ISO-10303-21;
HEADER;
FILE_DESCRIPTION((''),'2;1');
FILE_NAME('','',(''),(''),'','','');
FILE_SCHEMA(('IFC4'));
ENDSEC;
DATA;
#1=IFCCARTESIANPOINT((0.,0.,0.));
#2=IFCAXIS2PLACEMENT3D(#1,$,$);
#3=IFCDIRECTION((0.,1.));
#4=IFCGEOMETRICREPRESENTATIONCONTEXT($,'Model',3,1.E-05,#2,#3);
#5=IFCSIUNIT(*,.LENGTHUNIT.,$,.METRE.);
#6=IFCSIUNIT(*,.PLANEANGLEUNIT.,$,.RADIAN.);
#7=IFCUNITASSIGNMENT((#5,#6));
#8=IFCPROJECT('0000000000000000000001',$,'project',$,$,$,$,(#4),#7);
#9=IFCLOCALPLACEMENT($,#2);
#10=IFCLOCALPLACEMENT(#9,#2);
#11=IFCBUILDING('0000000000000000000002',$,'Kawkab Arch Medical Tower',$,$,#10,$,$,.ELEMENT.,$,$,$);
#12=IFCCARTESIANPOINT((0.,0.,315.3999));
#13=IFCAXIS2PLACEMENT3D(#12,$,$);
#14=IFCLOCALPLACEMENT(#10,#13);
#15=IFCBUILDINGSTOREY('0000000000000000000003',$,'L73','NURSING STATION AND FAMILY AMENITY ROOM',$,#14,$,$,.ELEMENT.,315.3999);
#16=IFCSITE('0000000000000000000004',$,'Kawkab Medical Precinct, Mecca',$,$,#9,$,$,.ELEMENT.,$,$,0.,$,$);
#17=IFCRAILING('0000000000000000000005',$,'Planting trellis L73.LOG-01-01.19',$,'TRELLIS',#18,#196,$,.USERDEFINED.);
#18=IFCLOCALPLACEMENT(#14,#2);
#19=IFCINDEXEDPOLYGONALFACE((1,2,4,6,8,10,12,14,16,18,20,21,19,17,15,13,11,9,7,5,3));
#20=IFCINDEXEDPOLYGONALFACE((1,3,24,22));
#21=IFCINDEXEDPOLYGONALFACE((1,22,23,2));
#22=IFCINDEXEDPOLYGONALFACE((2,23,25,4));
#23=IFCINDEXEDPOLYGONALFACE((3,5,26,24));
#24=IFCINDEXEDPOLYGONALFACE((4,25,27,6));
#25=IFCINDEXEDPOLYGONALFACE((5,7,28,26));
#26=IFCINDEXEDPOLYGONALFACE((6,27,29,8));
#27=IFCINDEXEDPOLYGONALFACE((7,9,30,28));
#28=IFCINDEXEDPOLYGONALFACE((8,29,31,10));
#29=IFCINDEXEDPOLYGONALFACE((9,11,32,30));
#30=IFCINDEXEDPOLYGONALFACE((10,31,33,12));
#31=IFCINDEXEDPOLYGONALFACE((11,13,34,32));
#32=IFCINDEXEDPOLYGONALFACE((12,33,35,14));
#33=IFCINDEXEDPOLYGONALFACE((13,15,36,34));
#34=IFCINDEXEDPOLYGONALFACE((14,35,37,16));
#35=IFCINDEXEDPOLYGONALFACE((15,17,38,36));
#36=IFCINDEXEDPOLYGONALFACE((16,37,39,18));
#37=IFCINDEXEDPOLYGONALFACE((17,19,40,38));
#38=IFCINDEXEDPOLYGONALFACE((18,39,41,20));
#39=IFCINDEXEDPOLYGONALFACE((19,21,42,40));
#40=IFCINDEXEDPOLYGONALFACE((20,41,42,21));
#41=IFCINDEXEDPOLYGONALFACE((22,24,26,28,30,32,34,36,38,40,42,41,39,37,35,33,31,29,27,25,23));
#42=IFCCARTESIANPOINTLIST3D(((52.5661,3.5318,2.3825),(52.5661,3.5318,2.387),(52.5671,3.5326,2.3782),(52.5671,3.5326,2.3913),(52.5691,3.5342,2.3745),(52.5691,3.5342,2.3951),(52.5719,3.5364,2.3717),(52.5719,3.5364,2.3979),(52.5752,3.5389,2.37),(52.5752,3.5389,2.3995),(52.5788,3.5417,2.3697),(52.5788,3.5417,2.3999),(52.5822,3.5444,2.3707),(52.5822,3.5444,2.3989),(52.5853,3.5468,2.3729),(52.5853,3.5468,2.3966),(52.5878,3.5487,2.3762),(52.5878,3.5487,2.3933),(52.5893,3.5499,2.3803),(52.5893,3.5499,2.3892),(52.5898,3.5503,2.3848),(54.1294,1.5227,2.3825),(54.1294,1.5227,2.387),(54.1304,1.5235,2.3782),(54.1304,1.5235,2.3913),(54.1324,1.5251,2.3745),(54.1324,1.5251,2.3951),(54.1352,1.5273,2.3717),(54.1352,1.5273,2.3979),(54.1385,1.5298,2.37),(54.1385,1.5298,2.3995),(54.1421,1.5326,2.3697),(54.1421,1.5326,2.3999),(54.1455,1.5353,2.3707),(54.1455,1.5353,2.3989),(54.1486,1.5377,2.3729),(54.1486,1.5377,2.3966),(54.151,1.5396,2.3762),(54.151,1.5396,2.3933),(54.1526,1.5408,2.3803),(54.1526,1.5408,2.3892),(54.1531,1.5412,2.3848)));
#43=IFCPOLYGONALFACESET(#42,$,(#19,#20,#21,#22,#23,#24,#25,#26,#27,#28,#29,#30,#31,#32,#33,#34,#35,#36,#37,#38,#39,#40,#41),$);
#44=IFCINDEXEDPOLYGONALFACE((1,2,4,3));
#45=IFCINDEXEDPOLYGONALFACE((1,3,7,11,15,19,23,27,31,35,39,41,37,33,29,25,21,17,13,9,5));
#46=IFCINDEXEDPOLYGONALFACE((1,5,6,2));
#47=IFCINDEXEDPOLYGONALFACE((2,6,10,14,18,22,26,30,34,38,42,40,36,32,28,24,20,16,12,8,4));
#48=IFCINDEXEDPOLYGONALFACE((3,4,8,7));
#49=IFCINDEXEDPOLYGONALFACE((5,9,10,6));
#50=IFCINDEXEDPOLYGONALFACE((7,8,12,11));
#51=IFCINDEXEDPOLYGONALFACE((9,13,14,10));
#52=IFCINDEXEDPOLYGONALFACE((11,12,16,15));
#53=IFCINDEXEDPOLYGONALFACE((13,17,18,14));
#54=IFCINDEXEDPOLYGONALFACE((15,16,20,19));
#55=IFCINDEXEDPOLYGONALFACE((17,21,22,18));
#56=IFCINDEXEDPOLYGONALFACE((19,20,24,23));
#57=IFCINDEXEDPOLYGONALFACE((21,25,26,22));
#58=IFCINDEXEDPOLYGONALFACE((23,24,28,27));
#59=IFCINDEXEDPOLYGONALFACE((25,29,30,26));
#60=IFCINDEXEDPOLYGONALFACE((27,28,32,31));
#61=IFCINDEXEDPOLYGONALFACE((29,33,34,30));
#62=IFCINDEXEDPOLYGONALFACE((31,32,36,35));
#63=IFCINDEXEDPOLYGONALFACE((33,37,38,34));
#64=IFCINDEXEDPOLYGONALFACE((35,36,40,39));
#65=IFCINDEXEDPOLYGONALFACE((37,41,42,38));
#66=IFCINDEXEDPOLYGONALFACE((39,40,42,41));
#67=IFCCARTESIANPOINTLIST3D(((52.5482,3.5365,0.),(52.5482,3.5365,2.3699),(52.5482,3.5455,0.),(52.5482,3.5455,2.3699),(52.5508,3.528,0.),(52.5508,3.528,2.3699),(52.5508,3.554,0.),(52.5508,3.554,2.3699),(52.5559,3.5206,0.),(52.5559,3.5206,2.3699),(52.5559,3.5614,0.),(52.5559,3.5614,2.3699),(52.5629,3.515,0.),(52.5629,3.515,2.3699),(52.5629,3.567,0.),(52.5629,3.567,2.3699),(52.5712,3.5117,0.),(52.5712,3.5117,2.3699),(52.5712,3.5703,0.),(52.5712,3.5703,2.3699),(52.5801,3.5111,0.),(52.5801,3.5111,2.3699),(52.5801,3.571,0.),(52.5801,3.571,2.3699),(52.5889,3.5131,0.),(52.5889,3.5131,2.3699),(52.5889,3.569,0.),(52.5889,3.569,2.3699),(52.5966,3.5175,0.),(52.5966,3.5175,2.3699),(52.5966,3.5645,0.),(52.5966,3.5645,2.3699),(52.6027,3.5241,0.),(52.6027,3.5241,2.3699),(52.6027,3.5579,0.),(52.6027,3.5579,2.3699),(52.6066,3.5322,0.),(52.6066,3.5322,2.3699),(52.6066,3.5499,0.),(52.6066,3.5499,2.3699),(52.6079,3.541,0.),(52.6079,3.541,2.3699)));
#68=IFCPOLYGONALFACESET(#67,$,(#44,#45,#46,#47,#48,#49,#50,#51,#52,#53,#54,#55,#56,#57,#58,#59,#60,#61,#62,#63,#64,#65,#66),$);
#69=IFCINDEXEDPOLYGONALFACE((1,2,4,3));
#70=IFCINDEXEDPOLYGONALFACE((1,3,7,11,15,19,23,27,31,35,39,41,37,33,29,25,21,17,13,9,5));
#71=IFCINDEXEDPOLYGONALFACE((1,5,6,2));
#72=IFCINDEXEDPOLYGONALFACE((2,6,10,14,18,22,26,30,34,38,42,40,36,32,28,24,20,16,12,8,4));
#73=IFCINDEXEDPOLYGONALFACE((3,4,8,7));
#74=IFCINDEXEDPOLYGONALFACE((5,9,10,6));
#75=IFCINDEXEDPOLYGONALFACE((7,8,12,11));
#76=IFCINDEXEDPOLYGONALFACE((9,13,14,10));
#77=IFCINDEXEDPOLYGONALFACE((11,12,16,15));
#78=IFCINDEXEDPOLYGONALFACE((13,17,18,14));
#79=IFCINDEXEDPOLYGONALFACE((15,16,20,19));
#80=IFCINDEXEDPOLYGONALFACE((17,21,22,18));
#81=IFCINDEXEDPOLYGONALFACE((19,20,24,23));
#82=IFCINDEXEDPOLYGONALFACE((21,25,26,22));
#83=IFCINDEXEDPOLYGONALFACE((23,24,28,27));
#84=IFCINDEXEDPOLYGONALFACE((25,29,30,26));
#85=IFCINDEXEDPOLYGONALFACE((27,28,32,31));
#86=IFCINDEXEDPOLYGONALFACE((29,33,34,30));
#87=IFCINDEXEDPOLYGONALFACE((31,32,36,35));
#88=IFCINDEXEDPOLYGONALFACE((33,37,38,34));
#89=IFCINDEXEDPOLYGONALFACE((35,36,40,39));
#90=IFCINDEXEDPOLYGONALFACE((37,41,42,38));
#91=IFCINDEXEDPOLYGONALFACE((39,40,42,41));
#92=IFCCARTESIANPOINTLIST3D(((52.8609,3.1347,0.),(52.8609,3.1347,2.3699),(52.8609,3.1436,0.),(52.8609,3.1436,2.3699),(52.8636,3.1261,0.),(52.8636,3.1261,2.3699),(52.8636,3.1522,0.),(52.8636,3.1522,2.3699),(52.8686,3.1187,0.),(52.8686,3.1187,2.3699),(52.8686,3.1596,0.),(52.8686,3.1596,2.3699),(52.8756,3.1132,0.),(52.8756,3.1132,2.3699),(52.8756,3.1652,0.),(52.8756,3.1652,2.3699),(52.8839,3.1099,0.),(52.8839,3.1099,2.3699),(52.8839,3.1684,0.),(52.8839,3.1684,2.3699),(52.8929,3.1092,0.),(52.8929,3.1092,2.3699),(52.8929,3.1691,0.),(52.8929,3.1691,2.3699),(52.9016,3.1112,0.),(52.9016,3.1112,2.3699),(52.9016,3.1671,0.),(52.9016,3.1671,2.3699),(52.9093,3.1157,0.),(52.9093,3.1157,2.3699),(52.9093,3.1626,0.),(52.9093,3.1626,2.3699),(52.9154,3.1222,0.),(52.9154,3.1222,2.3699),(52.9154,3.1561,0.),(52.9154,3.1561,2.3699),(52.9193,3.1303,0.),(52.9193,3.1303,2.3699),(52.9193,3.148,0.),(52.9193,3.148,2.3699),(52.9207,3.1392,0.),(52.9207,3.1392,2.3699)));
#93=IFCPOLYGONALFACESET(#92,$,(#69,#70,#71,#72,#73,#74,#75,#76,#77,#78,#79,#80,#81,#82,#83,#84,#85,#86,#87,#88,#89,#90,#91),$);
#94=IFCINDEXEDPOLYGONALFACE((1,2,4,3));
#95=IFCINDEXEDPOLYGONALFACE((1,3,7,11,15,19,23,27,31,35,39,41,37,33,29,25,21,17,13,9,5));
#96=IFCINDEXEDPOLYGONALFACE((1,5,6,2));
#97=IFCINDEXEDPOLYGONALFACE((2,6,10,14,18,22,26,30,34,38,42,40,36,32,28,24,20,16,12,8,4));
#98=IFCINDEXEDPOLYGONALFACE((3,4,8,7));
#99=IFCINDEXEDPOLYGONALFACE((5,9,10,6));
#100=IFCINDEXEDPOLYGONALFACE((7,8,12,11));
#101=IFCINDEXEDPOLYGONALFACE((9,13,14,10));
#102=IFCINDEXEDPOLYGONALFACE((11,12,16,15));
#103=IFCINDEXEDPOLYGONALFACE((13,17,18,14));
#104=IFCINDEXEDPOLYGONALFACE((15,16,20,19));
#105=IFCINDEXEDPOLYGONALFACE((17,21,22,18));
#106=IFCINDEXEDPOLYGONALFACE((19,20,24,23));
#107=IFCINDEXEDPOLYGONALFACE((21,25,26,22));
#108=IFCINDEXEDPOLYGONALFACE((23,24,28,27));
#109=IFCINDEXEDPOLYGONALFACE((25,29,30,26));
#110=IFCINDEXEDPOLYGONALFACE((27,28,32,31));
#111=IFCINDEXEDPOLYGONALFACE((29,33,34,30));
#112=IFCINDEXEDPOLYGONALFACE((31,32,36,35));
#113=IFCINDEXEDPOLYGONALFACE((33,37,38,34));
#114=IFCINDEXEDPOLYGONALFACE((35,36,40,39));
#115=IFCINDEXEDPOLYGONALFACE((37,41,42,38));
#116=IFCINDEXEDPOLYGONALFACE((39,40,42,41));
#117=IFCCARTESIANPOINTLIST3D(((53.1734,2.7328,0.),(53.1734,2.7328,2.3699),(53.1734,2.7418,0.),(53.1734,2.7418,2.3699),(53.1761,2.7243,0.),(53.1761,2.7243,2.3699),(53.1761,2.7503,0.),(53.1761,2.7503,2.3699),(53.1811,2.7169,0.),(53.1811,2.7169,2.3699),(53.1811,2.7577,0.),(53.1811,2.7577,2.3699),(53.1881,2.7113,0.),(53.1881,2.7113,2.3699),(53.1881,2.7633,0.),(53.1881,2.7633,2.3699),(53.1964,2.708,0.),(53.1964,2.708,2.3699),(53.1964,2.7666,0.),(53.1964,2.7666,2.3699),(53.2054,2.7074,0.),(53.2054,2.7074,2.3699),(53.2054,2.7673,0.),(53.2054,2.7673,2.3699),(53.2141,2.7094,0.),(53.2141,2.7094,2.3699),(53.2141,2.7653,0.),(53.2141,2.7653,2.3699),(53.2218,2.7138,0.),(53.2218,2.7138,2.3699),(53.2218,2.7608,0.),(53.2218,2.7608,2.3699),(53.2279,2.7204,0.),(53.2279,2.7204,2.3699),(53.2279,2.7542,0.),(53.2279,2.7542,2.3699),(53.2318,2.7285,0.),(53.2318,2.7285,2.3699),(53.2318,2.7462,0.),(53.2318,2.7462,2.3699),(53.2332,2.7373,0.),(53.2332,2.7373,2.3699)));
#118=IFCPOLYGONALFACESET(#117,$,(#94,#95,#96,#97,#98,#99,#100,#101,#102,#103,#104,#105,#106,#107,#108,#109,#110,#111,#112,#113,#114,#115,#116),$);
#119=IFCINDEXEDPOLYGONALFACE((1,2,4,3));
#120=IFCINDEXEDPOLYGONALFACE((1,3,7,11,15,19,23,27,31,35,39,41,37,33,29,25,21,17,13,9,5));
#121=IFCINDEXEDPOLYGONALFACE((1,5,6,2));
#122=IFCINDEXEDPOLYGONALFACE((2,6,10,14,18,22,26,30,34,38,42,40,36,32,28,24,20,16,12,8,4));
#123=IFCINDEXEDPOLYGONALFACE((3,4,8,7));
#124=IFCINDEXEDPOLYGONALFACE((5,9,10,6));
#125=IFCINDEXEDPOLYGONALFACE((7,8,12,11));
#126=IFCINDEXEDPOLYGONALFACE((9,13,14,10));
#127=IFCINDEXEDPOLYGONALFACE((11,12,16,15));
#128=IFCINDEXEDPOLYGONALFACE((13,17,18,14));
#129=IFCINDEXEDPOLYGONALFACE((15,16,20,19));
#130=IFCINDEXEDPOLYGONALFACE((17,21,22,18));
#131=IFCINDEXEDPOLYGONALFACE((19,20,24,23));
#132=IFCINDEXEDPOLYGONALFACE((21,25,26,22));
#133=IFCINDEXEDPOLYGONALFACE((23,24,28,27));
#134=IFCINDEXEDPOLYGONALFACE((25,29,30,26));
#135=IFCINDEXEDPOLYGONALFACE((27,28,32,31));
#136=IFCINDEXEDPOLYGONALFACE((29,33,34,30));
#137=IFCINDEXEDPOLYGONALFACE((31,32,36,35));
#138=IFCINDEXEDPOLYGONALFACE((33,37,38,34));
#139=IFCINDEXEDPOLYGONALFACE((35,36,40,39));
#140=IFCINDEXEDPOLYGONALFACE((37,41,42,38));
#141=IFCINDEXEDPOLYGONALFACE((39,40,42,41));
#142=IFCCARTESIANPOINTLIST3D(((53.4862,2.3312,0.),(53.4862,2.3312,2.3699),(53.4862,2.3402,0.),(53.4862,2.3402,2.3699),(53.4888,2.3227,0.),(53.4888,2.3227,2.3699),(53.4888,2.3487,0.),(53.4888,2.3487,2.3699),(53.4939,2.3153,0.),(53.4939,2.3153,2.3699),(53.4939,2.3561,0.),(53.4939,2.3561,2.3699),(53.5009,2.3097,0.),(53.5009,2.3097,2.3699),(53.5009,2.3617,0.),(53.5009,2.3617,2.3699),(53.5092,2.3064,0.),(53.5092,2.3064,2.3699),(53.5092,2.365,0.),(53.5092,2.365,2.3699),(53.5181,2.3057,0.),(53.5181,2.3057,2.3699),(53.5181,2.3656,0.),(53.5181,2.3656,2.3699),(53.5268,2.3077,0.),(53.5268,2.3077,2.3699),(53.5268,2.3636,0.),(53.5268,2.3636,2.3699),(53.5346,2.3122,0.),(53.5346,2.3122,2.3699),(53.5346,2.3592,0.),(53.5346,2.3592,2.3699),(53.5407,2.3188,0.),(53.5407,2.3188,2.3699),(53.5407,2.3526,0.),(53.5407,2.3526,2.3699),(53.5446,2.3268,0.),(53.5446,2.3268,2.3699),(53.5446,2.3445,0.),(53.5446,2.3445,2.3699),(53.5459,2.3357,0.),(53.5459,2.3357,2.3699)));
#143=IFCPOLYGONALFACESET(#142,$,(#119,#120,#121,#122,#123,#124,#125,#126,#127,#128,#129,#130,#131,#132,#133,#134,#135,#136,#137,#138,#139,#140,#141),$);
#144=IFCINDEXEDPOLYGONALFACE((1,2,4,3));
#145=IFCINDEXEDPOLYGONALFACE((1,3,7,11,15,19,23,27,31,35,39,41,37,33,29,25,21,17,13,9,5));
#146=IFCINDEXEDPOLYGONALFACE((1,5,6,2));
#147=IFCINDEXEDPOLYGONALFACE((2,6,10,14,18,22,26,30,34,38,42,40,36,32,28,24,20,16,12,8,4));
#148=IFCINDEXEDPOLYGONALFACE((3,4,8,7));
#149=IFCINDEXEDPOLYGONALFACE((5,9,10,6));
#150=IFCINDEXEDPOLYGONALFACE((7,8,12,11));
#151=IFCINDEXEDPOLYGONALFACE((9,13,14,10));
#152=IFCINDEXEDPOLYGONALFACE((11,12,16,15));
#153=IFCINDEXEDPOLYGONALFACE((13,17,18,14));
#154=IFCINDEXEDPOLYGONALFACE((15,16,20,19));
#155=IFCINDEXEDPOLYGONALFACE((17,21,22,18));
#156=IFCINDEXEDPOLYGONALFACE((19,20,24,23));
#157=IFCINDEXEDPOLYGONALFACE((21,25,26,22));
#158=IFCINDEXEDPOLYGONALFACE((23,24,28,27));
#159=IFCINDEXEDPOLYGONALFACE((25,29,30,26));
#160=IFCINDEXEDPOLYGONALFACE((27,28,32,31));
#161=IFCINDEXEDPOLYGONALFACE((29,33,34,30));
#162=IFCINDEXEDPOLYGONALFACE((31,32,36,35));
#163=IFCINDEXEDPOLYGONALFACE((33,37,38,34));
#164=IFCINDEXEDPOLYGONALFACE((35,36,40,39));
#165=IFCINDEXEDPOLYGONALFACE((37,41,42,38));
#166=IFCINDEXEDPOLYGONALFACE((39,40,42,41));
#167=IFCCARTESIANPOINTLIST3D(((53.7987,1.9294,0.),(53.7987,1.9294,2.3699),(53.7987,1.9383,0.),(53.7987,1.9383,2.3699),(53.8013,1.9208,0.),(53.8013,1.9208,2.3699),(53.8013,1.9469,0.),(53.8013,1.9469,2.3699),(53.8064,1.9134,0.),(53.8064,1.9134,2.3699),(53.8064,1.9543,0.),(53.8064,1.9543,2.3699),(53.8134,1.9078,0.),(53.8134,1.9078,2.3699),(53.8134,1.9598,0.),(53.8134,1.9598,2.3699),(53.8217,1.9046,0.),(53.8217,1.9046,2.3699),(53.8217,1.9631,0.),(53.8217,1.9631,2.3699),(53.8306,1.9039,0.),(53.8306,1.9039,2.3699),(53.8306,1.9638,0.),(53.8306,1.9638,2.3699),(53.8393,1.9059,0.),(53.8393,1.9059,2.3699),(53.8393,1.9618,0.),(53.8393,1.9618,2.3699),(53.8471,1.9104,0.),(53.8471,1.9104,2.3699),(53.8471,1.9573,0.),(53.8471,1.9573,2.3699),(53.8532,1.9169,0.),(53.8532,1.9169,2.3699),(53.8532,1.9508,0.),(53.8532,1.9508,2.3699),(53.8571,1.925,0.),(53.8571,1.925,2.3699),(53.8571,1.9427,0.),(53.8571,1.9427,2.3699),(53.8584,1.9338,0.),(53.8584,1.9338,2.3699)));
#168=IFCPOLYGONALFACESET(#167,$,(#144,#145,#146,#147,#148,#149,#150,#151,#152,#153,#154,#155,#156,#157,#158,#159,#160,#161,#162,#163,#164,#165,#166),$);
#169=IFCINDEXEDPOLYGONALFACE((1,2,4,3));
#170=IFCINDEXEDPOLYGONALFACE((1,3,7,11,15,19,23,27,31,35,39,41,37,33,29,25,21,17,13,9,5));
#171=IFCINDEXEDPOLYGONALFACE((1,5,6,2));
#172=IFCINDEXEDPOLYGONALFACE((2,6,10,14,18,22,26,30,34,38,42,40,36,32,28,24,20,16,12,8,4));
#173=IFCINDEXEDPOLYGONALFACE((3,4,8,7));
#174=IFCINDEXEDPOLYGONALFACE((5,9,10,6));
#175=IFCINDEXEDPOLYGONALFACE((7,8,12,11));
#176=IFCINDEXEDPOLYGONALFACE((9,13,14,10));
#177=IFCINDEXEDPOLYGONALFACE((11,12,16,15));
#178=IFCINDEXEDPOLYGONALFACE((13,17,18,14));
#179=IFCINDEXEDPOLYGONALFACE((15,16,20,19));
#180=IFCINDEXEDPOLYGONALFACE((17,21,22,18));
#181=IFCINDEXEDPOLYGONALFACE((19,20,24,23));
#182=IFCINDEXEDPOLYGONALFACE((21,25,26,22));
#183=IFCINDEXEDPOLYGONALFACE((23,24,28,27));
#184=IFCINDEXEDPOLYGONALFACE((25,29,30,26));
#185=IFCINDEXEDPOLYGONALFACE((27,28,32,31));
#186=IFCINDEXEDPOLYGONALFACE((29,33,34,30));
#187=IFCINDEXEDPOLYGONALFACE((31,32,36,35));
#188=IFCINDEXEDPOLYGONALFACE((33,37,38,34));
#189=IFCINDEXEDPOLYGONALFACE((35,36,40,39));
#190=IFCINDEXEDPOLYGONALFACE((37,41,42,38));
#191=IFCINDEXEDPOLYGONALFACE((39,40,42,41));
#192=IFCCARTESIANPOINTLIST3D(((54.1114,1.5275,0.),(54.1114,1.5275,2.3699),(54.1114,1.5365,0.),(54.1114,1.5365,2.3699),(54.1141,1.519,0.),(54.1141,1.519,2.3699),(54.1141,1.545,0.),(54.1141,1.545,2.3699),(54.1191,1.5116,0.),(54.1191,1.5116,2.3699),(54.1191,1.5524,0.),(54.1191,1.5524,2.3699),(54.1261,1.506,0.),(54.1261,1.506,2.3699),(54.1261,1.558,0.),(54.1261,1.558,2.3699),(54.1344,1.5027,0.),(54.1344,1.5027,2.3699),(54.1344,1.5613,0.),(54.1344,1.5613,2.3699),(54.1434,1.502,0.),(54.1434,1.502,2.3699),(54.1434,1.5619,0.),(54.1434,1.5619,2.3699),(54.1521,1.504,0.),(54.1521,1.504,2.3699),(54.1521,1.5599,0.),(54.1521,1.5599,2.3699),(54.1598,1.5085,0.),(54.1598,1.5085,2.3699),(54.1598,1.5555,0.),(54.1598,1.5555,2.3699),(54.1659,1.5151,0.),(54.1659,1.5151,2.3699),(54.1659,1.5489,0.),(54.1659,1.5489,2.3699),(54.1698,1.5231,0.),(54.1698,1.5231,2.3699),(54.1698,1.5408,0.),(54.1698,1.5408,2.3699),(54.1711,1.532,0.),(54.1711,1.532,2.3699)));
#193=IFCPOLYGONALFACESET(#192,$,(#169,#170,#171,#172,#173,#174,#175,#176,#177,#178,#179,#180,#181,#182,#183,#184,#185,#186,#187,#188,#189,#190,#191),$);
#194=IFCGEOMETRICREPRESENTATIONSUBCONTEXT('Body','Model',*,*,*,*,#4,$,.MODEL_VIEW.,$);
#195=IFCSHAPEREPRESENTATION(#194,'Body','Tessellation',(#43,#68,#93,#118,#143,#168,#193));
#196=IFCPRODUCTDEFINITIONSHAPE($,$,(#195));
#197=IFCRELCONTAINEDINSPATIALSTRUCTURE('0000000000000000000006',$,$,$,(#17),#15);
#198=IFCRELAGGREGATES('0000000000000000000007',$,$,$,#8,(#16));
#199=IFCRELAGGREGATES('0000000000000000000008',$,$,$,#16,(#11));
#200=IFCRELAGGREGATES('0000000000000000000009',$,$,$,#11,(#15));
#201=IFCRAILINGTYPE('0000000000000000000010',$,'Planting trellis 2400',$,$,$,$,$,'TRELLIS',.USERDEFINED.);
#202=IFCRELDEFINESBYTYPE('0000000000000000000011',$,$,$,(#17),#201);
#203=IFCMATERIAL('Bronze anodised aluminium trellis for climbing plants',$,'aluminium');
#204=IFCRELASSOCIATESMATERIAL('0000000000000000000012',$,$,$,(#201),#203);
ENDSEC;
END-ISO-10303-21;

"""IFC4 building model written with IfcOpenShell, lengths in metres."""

from ifc_helpers import new_model, si_unit, direction, frame, origin, origin_2d, place, context, subcontext, project, spatial, circle, extrude, material, type_object, element, save


model = new_model("IFC4")

# Units and contexts
model_context = context("Model", 3, precision=1e-05, world=origin(), true_north=direction((0.0, 1.0)))
body_context = subcontext(model_context, "Body", "Model", "MODEL_VIEW")
ifc_project = project(units=[si_unit("LENGTHUNIT", "METRE"), si_unit("PLANEANGLEUNIT", "RADIAN")], contexts=[model_context])

# Site, building, storey
site_placement = place(None, origin())
site = spatial("IfcSite", under=ifc_project, at=site_placement, Name="Kawkab Medical Precinct, Mecca", CompositionType="ELEMENT", RefElevation=0.0)
building_placement = place(site_placement, origin())
building = spatial("IfcBuilding", under=site, at=building_placement, Name="Kawkab Arch Medical Tower", CompositionType="ELEMENT")
storey_placement = place(building_placement, frame((0.0, 0.0, 315.3999)))
storey = spatial("IfcBuildingStorey", under=building, at=storey_placement, Name="L73", Description="NURSING STATION AND FAMILY AMENITY ROOM", CompositionType="ELEMENT", Elevation=315.3999)

# Railing
ifc_material_1 = material(Name="Bronze anodised aluminium trellis for climbing plants", Category="aluminium")
railing_type_1 = type_object("IfcRailingType", Name="Planting trellis 2400", ElementType="TRELLIS", PredefinedType="USERDEFINED", material=ifc_material_1)
railing_1_placement = place(storey_placement, frame((52.5779, 3.541, 0.0)))
element("IfcRailing", 1, at=railing_1_placement, inside=storey, type_object=railing_type_1, Name="Planting trellis L73.LOG-01-01.19", ObjectType="TRELLIS", PredefinedType="USERDEFINED", context=body_context, shape_type="SweptSolid", body=[
    extrude(circle(Radius=0.0151, at=origin_2d()), frame((0.0, 0.0, 2.3848), z_axis=(0.6141, -0.789228, 0.0), x_axis=(0.789228, 0.6141, 0.0)), (0.0, 0.0, 1.0), 2.5457),
    extrude(circle(Radius=0.03, at=origin_2d()), origin(), (0.0, 0.0, 1.0), 2.3699),
    extrude(circle(Radius=0.03, at=origin_2d()), frame((0.3127, -0.4019, 0.0)), (0.0, 0.0, 1.0), 2.3699),
    extrude(circle(Radius=0.03, at=origin_2d()), frame((0.6252, -0.8037, 0.0)), (0.0, 0.0, 1.0), 2.3699),
    extrude(circle(Radius=0.03, at=origin_2d()), frame((0.938, -1.2053, 0.0)), (0.0, 0.0, 1.0), 2.3699),
    extrude(circle(Radius=0.03, at=origin_2d()), frame((1.2505, -1.6072, 0.0)), (0.0, 0.0, 1.0), 2.3699),
    extrude(circle(Radius=0.03, at=origin_2d()), frame((1.5632, -2.009, 0.0)), (0.0, 0.0, 1.0), 2.3699),
])

save(model, "model.ifc")
